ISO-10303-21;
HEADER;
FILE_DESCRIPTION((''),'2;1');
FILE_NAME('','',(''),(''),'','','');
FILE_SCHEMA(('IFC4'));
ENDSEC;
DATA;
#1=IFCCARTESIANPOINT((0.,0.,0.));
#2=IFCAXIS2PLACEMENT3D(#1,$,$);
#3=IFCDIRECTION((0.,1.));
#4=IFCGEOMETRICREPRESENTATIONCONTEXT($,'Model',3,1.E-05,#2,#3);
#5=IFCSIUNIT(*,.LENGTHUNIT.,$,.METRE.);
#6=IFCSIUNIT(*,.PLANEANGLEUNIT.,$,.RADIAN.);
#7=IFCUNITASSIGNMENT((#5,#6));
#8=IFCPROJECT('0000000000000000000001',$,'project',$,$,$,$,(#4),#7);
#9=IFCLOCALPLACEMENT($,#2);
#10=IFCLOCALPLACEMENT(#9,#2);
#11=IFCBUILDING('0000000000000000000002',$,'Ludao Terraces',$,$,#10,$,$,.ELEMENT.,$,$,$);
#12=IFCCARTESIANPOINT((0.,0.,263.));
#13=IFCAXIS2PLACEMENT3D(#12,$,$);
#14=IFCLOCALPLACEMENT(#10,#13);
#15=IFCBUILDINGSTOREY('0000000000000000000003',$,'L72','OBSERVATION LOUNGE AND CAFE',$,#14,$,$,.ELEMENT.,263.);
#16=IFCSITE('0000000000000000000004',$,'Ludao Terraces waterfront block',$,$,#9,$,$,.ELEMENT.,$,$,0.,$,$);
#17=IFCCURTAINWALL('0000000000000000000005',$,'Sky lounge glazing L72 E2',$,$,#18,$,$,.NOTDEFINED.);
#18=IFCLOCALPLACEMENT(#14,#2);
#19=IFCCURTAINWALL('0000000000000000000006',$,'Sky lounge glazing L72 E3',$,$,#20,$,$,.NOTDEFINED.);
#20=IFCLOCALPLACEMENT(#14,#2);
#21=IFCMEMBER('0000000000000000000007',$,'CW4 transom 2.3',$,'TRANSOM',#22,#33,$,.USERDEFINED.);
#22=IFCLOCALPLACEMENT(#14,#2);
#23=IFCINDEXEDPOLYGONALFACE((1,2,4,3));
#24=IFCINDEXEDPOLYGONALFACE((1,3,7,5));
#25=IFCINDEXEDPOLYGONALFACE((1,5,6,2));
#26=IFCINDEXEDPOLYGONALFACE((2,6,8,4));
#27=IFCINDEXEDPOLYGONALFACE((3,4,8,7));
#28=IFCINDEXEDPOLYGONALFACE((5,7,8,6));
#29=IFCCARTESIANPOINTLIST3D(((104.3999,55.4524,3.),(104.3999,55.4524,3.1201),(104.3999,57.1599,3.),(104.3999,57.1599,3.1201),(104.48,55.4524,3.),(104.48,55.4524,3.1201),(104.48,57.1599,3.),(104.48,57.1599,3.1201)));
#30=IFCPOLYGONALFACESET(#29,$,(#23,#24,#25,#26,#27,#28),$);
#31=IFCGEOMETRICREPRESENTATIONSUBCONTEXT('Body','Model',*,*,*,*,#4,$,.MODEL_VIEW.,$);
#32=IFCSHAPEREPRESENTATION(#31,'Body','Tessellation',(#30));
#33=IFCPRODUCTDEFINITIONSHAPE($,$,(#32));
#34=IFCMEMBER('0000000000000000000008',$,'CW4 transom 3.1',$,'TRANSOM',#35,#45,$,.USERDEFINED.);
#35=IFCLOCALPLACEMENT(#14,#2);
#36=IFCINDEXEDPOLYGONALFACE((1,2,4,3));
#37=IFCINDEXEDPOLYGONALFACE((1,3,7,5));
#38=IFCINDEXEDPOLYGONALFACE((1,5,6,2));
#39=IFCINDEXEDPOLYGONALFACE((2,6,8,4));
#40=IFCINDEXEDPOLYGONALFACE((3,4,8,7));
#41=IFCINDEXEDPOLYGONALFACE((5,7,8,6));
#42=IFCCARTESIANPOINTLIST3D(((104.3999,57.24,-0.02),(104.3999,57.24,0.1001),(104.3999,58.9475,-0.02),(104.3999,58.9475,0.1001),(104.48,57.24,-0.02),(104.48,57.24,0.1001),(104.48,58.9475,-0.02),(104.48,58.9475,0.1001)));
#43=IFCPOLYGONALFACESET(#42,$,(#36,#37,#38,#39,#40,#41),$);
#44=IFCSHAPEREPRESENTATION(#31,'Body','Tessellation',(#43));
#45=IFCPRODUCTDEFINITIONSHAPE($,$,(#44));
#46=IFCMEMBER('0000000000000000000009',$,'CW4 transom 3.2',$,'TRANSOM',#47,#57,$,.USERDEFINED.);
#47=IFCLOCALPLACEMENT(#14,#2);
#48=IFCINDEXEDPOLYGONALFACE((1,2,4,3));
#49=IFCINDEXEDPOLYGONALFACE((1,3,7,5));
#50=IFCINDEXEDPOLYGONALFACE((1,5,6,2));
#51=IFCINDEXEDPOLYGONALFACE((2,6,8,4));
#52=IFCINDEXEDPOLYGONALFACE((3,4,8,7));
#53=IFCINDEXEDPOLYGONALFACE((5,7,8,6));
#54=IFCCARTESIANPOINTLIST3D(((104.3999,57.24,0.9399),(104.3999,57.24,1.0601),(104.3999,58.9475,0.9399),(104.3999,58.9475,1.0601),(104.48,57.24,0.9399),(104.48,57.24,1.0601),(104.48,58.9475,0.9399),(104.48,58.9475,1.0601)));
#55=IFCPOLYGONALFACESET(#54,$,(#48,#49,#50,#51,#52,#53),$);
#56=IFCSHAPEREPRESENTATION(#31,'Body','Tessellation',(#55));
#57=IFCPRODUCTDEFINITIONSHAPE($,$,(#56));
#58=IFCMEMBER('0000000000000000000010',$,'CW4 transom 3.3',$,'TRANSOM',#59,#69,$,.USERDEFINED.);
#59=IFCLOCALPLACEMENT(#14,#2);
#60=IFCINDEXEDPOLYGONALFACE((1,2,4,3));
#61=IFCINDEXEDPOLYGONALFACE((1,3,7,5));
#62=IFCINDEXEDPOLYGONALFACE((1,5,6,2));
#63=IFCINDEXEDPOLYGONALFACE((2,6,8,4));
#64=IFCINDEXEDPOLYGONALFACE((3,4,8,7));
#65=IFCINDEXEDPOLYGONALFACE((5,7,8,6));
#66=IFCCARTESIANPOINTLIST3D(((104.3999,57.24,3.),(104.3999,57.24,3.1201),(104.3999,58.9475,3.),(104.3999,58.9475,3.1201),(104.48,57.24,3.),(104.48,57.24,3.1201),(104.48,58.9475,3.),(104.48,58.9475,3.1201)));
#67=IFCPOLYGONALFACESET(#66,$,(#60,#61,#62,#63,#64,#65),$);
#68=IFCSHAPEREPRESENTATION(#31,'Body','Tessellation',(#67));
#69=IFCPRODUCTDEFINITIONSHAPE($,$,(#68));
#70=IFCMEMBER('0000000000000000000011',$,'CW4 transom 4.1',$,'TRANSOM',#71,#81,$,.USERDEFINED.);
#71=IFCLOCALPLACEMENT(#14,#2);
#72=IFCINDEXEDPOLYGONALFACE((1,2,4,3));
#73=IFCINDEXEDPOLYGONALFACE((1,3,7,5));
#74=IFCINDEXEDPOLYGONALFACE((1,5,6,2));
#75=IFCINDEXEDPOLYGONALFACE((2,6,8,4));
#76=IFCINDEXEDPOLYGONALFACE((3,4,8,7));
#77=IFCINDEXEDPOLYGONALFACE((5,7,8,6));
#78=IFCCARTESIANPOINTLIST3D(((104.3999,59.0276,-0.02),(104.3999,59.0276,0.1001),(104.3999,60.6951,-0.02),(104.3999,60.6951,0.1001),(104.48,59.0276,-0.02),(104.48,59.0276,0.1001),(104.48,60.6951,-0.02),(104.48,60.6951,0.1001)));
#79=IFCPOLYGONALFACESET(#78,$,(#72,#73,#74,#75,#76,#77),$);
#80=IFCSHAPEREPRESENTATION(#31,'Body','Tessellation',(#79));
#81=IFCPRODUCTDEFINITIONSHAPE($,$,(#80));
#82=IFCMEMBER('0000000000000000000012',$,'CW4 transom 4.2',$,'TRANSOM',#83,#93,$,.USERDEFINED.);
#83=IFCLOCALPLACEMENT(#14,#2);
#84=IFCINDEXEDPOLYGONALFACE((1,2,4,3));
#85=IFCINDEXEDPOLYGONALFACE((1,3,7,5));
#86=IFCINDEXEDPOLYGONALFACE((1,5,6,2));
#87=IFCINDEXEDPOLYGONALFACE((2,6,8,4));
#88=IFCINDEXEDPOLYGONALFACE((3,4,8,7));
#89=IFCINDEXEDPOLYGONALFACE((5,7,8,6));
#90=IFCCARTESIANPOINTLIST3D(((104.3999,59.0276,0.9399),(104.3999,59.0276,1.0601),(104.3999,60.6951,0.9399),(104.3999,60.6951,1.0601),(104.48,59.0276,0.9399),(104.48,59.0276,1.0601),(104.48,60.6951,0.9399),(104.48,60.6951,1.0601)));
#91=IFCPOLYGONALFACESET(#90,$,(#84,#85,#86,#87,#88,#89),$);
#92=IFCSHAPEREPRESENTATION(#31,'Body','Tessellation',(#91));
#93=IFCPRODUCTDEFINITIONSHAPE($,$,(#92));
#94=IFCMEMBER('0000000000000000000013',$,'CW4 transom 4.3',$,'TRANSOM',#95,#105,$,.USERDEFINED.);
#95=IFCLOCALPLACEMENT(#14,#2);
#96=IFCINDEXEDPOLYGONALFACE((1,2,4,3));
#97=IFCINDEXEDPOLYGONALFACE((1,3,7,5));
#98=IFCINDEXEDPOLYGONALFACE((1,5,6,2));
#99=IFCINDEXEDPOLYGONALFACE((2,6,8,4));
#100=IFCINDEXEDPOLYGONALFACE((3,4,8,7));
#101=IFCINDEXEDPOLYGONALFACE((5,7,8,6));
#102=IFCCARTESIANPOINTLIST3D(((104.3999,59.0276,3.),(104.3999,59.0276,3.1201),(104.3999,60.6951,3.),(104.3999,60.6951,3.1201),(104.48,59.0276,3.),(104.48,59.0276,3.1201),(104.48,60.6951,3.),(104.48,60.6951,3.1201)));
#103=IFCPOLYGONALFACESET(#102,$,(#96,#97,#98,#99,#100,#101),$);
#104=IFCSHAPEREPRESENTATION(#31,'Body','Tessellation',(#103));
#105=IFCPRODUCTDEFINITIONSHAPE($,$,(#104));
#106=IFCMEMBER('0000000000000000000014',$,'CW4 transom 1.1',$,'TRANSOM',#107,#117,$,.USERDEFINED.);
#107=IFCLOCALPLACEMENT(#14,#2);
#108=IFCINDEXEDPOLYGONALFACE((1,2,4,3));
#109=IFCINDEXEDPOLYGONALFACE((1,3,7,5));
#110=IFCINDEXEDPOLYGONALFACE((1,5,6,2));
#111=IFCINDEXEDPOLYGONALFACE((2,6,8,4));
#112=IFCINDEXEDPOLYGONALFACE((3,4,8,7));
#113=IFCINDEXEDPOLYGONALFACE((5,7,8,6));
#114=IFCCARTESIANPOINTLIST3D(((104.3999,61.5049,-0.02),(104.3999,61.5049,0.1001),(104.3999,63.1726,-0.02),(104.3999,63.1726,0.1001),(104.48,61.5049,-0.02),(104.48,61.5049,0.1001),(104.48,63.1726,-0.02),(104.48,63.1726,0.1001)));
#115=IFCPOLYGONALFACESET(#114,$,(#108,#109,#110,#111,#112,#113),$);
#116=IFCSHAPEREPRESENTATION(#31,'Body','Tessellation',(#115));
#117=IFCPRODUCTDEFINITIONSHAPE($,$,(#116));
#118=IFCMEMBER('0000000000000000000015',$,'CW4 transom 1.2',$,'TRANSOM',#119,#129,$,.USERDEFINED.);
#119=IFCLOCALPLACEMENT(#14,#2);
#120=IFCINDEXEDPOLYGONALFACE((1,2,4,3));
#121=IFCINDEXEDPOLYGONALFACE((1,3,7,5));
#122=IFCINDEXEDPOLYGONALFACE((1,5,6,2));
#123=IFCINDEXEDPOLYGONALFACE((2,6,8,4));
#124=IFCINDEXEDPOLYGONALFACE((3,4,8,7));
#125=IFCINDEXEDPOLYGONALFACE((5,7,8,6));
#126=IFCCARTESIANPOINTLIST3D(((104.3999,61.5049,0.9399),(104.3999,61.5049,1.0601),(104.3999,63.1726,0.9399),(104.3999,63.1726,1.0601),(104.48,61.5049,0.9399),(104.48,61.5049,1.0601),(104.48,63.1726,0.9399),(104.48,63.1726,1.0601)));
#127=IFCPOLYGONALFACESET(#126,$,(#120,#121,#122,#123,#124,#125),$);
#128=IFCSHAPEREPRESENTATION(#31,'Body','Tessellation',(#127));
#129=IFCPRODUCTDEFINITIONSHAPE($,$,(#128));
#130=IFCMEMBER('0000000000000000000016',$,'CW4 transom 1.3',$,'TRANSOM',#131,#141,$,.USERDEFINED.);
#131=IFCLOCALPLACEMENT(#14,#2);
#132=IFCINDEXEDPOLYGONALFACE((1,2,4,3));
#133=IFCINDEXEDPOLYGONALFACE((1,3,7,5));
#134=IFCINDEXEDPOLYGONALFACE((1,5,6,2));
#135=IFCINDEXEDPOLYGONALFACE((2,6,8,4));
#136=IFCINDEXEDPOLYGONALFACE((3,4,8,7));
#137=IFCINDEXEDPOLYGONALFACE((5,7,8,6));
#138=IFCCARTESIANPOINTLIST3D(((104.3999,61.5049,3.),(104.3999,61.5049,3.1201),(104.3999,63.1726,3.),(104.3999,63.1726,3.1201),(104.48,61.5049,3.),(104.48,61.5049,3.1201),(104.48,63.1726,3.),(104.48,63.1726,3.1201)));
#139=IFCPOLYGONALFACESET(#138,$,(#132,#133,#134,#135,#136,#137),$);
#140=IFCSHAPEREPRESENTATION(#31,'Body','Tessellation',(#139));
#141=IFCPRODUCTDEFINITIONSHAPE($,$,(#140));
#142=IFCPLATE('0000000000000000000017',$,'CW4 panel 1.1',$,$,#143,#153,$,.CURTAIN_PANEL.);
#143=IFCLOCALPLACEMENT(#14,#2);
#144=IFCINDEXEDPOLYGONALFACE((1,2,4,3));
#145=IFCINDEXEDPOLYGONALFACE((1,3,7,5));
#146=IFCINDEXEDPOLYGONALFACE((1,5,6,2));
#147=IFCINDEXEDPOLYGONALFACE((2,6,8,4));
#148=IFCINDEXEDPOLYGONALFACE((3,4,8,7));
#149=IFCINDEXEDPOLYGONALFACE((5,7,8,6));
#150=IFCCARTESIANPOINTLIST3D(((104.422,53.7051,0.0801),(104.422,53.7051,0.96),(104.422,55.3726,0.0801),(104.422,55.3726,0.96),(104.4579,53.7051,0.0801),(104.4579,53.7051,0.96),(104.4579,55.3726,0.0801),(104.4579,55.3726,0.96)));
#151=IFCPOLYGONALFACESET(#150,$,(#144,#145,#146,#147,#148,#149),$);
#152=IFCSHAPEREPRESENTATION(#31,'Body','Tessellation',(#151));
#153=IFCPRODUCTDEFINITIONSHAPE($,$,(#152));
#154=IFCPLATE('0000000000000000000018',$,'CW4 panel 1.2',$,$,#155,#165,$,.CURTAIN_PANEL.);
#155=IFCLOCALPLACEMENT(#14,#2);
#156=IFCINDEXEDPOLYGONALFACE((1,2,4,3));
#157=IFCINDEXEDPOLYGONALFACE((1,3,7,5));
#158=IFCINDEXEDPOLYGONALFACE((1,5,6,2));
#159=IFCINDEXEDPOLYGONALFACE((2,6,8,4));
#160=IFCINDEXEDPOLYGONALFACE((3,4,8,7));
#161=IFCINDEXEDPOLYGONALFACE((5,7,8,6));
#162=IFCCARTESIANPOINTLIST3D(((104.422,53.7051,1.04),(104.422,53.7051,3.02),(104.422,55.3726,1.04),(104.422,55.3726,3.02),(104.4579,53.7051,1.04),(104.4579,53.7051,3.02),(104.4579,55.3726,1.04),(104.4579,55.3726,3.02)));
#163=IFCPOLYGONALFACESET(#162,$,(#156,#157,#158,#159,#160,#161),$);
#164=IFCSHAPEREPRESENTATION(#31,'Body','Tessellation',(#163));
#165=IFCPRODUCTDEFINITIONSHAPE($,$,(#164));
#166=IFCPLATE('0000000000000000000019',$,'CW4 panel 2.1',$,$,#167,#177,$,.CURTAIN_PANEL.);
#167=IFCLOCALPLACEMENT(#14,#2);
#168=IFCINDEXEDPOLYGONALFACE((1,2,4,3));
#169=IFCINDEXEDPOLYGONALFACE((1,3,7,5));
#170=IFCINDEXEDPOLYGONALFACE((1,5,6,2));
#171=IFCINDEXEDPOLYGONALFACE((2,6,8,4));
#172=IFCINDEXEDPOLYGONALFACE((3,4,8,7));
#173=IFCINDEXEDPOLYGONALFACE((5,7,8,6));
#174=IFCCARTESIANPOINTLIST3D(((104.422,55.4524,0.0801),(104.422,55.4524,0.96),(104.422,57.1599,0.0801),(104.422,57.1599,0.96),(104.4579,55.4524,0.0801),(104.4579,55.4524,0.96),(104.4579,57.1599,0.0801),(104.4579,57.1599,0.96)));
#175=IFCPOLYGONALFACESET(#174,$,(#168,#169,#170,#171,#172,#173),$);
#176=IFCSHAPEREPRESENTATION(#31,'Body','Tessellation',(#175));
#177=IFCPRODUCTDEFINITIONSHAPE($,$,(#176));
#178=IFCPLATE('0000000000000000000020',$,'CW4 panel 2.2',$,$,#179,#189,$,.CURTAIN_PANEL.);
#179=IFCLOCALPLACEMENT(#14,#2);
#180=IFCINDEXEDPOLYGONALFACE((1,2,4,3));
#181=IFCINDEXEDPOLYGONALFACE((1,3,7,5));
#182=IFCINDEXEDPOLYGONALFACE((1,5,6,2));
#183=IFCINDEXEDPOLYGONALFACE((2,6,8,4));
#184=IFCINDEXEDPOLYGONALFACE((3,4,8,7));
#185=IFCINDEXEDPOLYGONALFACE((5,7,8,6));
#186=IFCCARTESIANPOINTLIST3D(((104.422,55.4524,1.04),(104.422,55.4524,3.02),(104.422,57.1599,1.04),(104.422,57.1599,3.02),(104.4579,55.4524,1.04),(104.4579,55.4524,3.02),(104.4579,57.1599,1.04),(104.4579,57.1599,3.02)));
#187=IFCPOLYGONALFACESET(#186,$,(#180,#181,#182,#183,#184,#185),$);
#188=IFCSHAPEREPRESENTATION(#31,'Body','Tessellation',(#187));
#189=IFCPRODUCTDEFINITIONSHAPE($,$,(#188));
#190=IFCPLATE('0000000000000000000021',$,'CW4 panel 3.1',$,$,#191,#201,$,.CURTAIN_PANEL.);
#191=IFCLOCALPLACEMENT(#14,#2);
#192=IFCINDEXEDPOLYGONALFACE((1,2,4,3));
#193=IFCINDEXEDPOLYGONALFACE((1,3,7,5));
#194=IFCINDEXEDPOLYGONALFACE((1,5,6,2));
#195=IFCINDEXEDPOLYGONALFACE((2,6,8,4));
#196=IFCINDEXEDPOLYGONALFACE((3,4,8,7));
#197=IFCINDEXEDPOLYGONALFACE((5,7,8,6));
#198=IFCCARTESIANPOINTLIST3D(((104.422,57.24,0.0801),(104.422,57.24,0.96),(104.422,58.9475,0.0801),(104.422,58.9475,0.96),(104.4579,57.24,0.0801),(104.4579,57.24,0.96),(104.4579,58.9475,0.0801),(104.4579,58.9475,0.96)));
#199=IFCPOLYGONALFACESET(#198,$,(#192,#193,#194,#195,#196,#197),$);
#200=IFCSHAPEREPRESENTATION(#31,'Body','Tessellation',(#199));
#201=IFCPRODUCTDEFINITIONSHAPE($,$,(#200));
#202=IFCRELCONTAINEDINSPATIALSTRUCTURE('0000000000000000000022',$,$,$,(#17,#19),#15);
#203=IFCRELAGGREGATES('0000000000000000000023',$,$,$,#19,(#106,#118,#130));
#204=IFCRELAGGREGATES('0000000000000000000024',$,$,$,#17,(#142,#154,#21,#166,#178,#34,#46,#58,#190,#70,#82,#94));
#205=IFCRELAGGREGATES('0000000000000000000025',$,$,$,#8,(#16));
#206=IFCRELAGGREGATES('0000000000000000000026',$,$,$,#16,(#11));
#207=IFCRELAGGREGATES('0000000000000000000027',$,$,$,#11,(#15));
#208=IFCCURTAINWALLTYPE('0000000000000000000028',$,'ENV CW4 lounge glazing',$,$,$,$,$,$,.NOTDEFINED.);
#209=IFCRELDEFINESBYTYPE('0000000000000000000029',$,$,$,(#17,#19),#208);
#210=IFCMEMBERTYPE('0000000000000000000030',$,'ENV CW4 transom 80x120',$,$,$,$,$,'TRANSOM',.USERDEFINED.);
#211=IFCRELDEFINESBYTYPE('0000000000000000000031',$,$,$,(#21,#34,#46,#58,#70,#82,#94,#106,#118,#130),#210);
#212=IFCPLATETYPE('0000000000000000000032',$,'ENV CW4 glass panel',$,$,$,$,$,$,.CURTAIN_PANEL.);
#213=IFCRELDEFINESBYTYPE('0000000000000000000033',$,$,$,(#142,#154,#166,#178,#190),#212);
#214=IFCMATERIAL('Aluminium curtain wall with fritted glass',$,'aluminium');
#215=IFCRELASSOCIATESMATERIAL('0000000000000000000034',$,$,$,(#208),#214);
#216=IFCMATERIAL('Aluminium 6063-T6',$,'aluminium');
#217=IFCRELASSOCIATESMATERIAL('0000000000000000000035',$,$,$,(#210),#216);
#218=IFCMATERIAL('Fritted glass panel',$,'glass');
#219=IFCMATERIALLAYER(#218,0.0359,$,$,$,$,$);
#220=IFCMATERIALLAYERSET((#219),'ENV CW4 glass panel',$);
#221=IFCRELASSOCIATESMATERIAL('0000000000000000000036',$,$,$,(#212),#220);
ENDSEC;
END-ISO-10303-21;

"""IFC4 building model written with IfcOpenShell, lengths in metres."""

from ifc_helpers import new_model, si_unit, direction, frame, origin, origin_2d, place, context, subcontext, project, spatial, rectangle, extrude, material, layer, layer_set, material_profile, profile_set, type_object, element, aggregate, save


model = new_model("IFC4")

# Units and contexts
model_context = context("Model", 3, precision=1e-05, world=origin(), true_north=direction((0.0, 1.0)))
body_context = subcontext(model_context, "Body", "Model", "MODEL_VIEW")
ifc_project = project(units=[si_unit("LENGTHUNIT", "METRE"), si_unit("PLANEANGLEUNIT", "RADIAN")], contexts=[model_context])

# Site, building, storey
site_placement = place(None, origin())
site = spatial("IfcSite", under=ifc_project, at=site_placement, Name="Ludao Terraces waterfront block", CompositionType="ELEMENT", RefElevation=0.0)
building_placement = place(site_placement, origin())
building = spatial("IfcBuilding", under=site, at=building_placement, Name="Ludao Terraces", CompositionType="ELEMENT")
storey_placement = place(building_placement, frame((0.0, 0.0, 263.0)))
storey = spatial("IfcBuildingStorey", under=building, at=storey_placement, Name="L72", Description="OBSERVATION LOUNGE AND CAFE", CompositionType="ELEMENT", Elevation=263.0)

# Curtain wall
ifc_material_1 = material(Name="Aluminium curtain wall with fritted glass", Category="aluminium")
curtain_wall_type = type_object("IfcCurtainWallType", Name="ENV CW4 lounge glazing", PredefinedType="NOTDEFINED", material=ifc_material_1)
curtain_wall_1_placement = place(storey_placement, origin())
curtain_wall_1 = element("IfcCurtainWall", 1, at=curtain_wall_1_placement, inside=storey, type_object=curtain_wall_type, Name="Sky lounge glazing L72 E2", PredefinedType="NOTDEFINED")
ifc_material_2 = material(Name="Aluminium 6063-T6", Category="aluminium")

# Curtain wall
curtain_wall_2_placement = place(storey_placement, origin())
curtain_wall_2 = element("IfcCurtainWall", 2, at=curtain_wall_2_placement, inside=storey, type_object=curtain_wall_type, Name="Sky lounge glazing L72 E3", PredefinedType="NOTDEFINED")

# Members
ifc_material_profile_1 = material_profile(ifc_material_2, rectangle(XDim=0.0801, YDim=0.1201, at=origin_2d()), Name="80 X 120")
ifc_profile_set_1 = profile_set([ifc_material_profile_1], Name="Aluminium 6063-T6")
member_type_1 = type_object("IfcMemberType", Name="ENV CW4 transom 80x120", ElementType="TRANSOM", PredefinedType="USERDEFINED", material=ifc_profile_set_1)
member_1_placement = place(storey_placement, frame((104.4399, 55.4524, 3.0601), z_axis=(0.0, 1.0, 0.0), x_axis=(-1.0, 0.0, 0.0)))
member_1 = element("IfcMember", 3, at=member_1_placement, type_object=member_type_1, Name="CW4 transom 2.3", ObjectType="TRANSOM", PredefinedType="USERDEFINED", context=body_context, shape_type="SweptSolid", body=[
    extrude(rectangle(XDim=0.0801, YDim=0.1201, at=origin_2d()), origin(), (0.0, 0.0, 1.0), 1.7075),
])
member_2_placement = place(storey_placement, frame((104.4399, 57.24, 0.04), z_axis=(0.0, 1.0, 0.0), x_axis=(-1.0, 0.0, 0.0)))
member_2 = element("IfcMember", 4, at=member_2_placement, type_object=member_type_1, Name="CW4 transom 3.1", ObjectType="TRANSOM", PredefinedType="USERDEFINED", context=body_context, shape_type="SweptSolid", body=[
    extrude(rectangle(XDim=0.0801, YDim=0.1201, at=origin_2d()), origin(), (0.0, 0.0, 1.0), 1.7075),
])
member_3_placement = place(storey_placement, frame((104.4399, 57.24, 1.0), z_axis=(0.0, 1.0, 0.0), x_axis=(-1.0, 0.0, 0.0)))
member_3 = element("IfcMember", 5, at=member_3_placement, type_object=member_type_1, Name="CW4 transom 3.2", ObjectType="TRANSOM", PredefinedType="USERDEFINED", context=body_context, shape_type="SweptSolid", body=[
    extrude(rectangle(XDim=0.0801, YDim=0.1201, at=origin_2d()), origin(), (0.0, 0.0, 1.0), 1.7075),
])
member_4_placement = place(storey_placement, frame((104.4399, 57.24, 3.0601), z_axis=(0.0, 1.0, 0.0), x_axis=(-1.0, 0.0, 0.0)))
member_4 = element("IfcMember", 6, at=member_4_placement, type_object=member_type_1, Name="CW4 transom 3.3", ObjectType="TRANSOM", PredefinedType="USERDEFINED", context=body_context, shape_type="SweptSolid", body=[
    extrude(rectangle(XDim=0.0801, YDim=0.1201, at=origin_2d()), origin(), (0.0, 0.0, 1.0), 1.7075),
])
member_5_placement = place(storey_placement, frame((104.4399, 59.0276, 0.04), z_axis=(0.0, 1.0, 0.0), x_axis=(-1.0, 0.0, 0.0)))
member_5 = element("IfcMember", 7, at=member_5_placement, type_object=member_type_1, Name="CW4 transom 4.1", ObjectType="TRANSOM", PredefinedType="USERDEFINED", context=body_context, shape_type="SweptSolid", body=[
    extrude(rectangle(XDim=0.0801, YDim=0.1201, at=origin_2d()), origin(), (0.0, 0.0, 1.0), 1.6675),
])
member_6_placement = place(storey_placement, frame((104.4399, 59.0276, 1.0), z_axis=(0.0, 1.0, 0.0), x_axis=(-1.0, 0.0, 0.0)))
member_6 = element("IfcMember", 8, at=member_6_placement, type_object=member_type_1, Name="CW4 transom 4.2", ObjectType="TRANSOM", PredefinedType="USERDEFINED", context=body_context, shape_type="SweptSolid", body=[
    extrude(rectangle(XDim=0.0801, YDim=0.1201, at=origin_2d()), origin(), (0.0, 0.0, 1.0), 1.6675),
])
member_7_placement = place(storey_placement, frame((104.4399, 59.0276, 3.0601), z_axis=(0.0, 1.0, 0.0), x_axis=(-1.0, 0.0, 0.0)))
member_7 = element("IfcMember", 9, at=member_7_placement, type_object=member_type_1, Name="CW4 transom 4.3", ObjectType="TRANSOM", PredefinedType="USERDEFINED", context=body_context, shape_type="SweptSolid", body=[
    extrude(rectangle(XDim=0.0801, YDim=0.1201, at=origin_2d()), origin(), (0.0, 0.0, 1.0), 1.6675),
])
member_8_placement = place(storey_placement, frame((104.4399, 61.5049, 0.04), z_axis=(0.0, 1.0, 0.0), x_axis=(-1.0, 0.0, 0.0)))
member_8 = element("IfcMember", 10, at=member_8_placement, type_object=member_type_1, Name="CW4 transom 1.1", ObjectType="TRANSOM", PredefinedType="USERDEFINED", context=body_context, shape_type="SweptSolid", body=[
    extrude(rectangle(XDim=0.0801, YDim=0.1201, at=origin_2d()), origin(), (0.0, 0.0, 1.0), 1.6677),
])
member_9_placement = place(storey_placement, frame((104.4399, 61.5049, 1.0), z_axis=(0.0, 1.0, 0.0), x_axis=(-1.0, 0.0, 0.0)))
member_9 = element("IfcMember", 11, at=member_9_placement, type_object=member_type_1, Name="CW4 transom 1.2", ObjectType="TRANSOM", PredefinedType="USERDEFINED", context=body_context, shape_type="SweptSolid", body=[
    extrude(rectangle(XDim=0.0801, YDim=0.1201, at=origin_2d()), origin(), (0.0, 0.0, 1.0), 1.6677),
])
member_10_placement = place(storey_placement, frame((104.4399, 61.5049, 3.0601), z_axis=(0.0, 1.0, 0.0), x_axis=(-1.0, 0.0, 0.0)))
member_10 = element("IfcMember", 12, at=member_10_placement, type_object=member_type_1, Name="CW4 transom 1.3", ObjectType="TRANSOM", PredefinedType="USERDEFINED", context=body_context, shape_type="SweptSolid", body=[
    extrude(rectangle(XDim=0.0801, YDim=0.1201, at=origin_2d()), origin(), (0.0, 0.0, 1.0), 1.6677),
])
aggregate(curtain_wall_2, [member_8, member_9, member_10])

# Plates
ifc_material_3 = material(Name="Fritted glass panel", Category="glass")
ifc_layer_1 = layer(ifc_material_3, 0.0359)
ifc_layer_set_1 = layer_set([ifc_layer_1], Name="ENV CW4 glass panel")
plate_type = type_object("IfcPlateType", Name="ENV CW4 glass panel", PredefinedType="CURTAIN_PANEL", material=ifc_layer_set_1)
plate_1_placement = place(storey_placement, frame((104.4399, 54.5388, 0.0801), z_axis=(0.0, 0.0, 1.0), x_axis=(0.0, 1.0, 0.0)))
plate_1 = element("IfcPlate", 13, at=plate_1_placement, type_object=plate_type, Name="CW4 panel 1.1", PredefinedType="CURTAIN_PANEL", context=body_context, shape_type="SweptSolid", body=[
    extrude(rectangle(XDim=1.6675, YDim=0.0359, at=origin_2d()), origin(), (0.0, 0.0, 1.0), 0.8799),
])
plate_2_placement = place(storey_placement, frame((104.4399, 54.5388, 1.04), z_axis=(0.0, 0.0, 1.0), x_axis=(0.0, 1.0, 0.0)))
plate_2 = element("IfcPlate", 14, at=plate_2_placement, type_object=plate_type, Name="CW4 panel 1.2", PredefinedType="CURTAIN_PANEL", context=body_context, shape_type="SweptSolid", body=[
    extrude(rectangle(XDim=1.6675, YDim=0.0359, at=origin_2d()), origin(), (0.0, 0.0, 1.0), 1.98),
])
plate_3_placement = place(storey_placement, frame((104.4399, 56.3062, 0.0801), z_axis=(0.0, 0.0, 1.0), x_axis=(0.0, 1.0, 0.0)))
plate_3 = element("IfcPlate", 15, at=plate_3_placement, type_object=plate_type, Name="CW4 panel 2.1", PredefinedType="CURTAIN_PANEL", context=body_context, shape_type="SweptSolid", body=[
    extrude(rectangle(XDim=1.7075, YDim=0.0359, at=origin_2d()), origin(), (0.0, 0.0, 1.0), 0.8799),
])
plate_4_placement = place(storey_placement, frame((104.4399, 56.3062, 1.04), z_axis=(0.0, 0.0, 1.0), x_axis=(0.0, 1.0, 0.0)))
plate_4 = element("IfcPlate", 16, at=plate_4_placement, type_object=plate_type, Name="CW4 panel 2.2", PredefinedType="CURTAIN_PANEL", context=body_context, shape_type="SweptSolid", body=[
    extrude(rectangle(XDim=1.7075, YDim=0.0359, at=origin_2d()), origin(), (0.0, 0.0, 1.0), 1.98),
])
plate_5_placement = place(storey_placement, frame((104.4399, 58.0938, 0.0801), z_axis=(0.0, 0.0, 1.0), x_axis=(0.0, 1.0, 0.0)))
plate_5 = element("IfcPlate", 17, at=plate_5_placement, type_object=plate_type, Name="CW4 panel 3.1", PredefinedType="CURTAIN_PANEL", context=body_context, shape_type="SweptSolid", body=[
    extrude(rectangle(XDim=1.7075, YDim=0.0359, at=origin_2d()), origin(), (0.0, 0.0, 1.0), 0.8799),
])
aggregate(curtain_wall_1, [plate_1, plate_2, member_1, plate_3, plate_4, member_2, member_3, member_4, plate_5, member_5, member_6, member_7])

save(model, "model.ifc")
